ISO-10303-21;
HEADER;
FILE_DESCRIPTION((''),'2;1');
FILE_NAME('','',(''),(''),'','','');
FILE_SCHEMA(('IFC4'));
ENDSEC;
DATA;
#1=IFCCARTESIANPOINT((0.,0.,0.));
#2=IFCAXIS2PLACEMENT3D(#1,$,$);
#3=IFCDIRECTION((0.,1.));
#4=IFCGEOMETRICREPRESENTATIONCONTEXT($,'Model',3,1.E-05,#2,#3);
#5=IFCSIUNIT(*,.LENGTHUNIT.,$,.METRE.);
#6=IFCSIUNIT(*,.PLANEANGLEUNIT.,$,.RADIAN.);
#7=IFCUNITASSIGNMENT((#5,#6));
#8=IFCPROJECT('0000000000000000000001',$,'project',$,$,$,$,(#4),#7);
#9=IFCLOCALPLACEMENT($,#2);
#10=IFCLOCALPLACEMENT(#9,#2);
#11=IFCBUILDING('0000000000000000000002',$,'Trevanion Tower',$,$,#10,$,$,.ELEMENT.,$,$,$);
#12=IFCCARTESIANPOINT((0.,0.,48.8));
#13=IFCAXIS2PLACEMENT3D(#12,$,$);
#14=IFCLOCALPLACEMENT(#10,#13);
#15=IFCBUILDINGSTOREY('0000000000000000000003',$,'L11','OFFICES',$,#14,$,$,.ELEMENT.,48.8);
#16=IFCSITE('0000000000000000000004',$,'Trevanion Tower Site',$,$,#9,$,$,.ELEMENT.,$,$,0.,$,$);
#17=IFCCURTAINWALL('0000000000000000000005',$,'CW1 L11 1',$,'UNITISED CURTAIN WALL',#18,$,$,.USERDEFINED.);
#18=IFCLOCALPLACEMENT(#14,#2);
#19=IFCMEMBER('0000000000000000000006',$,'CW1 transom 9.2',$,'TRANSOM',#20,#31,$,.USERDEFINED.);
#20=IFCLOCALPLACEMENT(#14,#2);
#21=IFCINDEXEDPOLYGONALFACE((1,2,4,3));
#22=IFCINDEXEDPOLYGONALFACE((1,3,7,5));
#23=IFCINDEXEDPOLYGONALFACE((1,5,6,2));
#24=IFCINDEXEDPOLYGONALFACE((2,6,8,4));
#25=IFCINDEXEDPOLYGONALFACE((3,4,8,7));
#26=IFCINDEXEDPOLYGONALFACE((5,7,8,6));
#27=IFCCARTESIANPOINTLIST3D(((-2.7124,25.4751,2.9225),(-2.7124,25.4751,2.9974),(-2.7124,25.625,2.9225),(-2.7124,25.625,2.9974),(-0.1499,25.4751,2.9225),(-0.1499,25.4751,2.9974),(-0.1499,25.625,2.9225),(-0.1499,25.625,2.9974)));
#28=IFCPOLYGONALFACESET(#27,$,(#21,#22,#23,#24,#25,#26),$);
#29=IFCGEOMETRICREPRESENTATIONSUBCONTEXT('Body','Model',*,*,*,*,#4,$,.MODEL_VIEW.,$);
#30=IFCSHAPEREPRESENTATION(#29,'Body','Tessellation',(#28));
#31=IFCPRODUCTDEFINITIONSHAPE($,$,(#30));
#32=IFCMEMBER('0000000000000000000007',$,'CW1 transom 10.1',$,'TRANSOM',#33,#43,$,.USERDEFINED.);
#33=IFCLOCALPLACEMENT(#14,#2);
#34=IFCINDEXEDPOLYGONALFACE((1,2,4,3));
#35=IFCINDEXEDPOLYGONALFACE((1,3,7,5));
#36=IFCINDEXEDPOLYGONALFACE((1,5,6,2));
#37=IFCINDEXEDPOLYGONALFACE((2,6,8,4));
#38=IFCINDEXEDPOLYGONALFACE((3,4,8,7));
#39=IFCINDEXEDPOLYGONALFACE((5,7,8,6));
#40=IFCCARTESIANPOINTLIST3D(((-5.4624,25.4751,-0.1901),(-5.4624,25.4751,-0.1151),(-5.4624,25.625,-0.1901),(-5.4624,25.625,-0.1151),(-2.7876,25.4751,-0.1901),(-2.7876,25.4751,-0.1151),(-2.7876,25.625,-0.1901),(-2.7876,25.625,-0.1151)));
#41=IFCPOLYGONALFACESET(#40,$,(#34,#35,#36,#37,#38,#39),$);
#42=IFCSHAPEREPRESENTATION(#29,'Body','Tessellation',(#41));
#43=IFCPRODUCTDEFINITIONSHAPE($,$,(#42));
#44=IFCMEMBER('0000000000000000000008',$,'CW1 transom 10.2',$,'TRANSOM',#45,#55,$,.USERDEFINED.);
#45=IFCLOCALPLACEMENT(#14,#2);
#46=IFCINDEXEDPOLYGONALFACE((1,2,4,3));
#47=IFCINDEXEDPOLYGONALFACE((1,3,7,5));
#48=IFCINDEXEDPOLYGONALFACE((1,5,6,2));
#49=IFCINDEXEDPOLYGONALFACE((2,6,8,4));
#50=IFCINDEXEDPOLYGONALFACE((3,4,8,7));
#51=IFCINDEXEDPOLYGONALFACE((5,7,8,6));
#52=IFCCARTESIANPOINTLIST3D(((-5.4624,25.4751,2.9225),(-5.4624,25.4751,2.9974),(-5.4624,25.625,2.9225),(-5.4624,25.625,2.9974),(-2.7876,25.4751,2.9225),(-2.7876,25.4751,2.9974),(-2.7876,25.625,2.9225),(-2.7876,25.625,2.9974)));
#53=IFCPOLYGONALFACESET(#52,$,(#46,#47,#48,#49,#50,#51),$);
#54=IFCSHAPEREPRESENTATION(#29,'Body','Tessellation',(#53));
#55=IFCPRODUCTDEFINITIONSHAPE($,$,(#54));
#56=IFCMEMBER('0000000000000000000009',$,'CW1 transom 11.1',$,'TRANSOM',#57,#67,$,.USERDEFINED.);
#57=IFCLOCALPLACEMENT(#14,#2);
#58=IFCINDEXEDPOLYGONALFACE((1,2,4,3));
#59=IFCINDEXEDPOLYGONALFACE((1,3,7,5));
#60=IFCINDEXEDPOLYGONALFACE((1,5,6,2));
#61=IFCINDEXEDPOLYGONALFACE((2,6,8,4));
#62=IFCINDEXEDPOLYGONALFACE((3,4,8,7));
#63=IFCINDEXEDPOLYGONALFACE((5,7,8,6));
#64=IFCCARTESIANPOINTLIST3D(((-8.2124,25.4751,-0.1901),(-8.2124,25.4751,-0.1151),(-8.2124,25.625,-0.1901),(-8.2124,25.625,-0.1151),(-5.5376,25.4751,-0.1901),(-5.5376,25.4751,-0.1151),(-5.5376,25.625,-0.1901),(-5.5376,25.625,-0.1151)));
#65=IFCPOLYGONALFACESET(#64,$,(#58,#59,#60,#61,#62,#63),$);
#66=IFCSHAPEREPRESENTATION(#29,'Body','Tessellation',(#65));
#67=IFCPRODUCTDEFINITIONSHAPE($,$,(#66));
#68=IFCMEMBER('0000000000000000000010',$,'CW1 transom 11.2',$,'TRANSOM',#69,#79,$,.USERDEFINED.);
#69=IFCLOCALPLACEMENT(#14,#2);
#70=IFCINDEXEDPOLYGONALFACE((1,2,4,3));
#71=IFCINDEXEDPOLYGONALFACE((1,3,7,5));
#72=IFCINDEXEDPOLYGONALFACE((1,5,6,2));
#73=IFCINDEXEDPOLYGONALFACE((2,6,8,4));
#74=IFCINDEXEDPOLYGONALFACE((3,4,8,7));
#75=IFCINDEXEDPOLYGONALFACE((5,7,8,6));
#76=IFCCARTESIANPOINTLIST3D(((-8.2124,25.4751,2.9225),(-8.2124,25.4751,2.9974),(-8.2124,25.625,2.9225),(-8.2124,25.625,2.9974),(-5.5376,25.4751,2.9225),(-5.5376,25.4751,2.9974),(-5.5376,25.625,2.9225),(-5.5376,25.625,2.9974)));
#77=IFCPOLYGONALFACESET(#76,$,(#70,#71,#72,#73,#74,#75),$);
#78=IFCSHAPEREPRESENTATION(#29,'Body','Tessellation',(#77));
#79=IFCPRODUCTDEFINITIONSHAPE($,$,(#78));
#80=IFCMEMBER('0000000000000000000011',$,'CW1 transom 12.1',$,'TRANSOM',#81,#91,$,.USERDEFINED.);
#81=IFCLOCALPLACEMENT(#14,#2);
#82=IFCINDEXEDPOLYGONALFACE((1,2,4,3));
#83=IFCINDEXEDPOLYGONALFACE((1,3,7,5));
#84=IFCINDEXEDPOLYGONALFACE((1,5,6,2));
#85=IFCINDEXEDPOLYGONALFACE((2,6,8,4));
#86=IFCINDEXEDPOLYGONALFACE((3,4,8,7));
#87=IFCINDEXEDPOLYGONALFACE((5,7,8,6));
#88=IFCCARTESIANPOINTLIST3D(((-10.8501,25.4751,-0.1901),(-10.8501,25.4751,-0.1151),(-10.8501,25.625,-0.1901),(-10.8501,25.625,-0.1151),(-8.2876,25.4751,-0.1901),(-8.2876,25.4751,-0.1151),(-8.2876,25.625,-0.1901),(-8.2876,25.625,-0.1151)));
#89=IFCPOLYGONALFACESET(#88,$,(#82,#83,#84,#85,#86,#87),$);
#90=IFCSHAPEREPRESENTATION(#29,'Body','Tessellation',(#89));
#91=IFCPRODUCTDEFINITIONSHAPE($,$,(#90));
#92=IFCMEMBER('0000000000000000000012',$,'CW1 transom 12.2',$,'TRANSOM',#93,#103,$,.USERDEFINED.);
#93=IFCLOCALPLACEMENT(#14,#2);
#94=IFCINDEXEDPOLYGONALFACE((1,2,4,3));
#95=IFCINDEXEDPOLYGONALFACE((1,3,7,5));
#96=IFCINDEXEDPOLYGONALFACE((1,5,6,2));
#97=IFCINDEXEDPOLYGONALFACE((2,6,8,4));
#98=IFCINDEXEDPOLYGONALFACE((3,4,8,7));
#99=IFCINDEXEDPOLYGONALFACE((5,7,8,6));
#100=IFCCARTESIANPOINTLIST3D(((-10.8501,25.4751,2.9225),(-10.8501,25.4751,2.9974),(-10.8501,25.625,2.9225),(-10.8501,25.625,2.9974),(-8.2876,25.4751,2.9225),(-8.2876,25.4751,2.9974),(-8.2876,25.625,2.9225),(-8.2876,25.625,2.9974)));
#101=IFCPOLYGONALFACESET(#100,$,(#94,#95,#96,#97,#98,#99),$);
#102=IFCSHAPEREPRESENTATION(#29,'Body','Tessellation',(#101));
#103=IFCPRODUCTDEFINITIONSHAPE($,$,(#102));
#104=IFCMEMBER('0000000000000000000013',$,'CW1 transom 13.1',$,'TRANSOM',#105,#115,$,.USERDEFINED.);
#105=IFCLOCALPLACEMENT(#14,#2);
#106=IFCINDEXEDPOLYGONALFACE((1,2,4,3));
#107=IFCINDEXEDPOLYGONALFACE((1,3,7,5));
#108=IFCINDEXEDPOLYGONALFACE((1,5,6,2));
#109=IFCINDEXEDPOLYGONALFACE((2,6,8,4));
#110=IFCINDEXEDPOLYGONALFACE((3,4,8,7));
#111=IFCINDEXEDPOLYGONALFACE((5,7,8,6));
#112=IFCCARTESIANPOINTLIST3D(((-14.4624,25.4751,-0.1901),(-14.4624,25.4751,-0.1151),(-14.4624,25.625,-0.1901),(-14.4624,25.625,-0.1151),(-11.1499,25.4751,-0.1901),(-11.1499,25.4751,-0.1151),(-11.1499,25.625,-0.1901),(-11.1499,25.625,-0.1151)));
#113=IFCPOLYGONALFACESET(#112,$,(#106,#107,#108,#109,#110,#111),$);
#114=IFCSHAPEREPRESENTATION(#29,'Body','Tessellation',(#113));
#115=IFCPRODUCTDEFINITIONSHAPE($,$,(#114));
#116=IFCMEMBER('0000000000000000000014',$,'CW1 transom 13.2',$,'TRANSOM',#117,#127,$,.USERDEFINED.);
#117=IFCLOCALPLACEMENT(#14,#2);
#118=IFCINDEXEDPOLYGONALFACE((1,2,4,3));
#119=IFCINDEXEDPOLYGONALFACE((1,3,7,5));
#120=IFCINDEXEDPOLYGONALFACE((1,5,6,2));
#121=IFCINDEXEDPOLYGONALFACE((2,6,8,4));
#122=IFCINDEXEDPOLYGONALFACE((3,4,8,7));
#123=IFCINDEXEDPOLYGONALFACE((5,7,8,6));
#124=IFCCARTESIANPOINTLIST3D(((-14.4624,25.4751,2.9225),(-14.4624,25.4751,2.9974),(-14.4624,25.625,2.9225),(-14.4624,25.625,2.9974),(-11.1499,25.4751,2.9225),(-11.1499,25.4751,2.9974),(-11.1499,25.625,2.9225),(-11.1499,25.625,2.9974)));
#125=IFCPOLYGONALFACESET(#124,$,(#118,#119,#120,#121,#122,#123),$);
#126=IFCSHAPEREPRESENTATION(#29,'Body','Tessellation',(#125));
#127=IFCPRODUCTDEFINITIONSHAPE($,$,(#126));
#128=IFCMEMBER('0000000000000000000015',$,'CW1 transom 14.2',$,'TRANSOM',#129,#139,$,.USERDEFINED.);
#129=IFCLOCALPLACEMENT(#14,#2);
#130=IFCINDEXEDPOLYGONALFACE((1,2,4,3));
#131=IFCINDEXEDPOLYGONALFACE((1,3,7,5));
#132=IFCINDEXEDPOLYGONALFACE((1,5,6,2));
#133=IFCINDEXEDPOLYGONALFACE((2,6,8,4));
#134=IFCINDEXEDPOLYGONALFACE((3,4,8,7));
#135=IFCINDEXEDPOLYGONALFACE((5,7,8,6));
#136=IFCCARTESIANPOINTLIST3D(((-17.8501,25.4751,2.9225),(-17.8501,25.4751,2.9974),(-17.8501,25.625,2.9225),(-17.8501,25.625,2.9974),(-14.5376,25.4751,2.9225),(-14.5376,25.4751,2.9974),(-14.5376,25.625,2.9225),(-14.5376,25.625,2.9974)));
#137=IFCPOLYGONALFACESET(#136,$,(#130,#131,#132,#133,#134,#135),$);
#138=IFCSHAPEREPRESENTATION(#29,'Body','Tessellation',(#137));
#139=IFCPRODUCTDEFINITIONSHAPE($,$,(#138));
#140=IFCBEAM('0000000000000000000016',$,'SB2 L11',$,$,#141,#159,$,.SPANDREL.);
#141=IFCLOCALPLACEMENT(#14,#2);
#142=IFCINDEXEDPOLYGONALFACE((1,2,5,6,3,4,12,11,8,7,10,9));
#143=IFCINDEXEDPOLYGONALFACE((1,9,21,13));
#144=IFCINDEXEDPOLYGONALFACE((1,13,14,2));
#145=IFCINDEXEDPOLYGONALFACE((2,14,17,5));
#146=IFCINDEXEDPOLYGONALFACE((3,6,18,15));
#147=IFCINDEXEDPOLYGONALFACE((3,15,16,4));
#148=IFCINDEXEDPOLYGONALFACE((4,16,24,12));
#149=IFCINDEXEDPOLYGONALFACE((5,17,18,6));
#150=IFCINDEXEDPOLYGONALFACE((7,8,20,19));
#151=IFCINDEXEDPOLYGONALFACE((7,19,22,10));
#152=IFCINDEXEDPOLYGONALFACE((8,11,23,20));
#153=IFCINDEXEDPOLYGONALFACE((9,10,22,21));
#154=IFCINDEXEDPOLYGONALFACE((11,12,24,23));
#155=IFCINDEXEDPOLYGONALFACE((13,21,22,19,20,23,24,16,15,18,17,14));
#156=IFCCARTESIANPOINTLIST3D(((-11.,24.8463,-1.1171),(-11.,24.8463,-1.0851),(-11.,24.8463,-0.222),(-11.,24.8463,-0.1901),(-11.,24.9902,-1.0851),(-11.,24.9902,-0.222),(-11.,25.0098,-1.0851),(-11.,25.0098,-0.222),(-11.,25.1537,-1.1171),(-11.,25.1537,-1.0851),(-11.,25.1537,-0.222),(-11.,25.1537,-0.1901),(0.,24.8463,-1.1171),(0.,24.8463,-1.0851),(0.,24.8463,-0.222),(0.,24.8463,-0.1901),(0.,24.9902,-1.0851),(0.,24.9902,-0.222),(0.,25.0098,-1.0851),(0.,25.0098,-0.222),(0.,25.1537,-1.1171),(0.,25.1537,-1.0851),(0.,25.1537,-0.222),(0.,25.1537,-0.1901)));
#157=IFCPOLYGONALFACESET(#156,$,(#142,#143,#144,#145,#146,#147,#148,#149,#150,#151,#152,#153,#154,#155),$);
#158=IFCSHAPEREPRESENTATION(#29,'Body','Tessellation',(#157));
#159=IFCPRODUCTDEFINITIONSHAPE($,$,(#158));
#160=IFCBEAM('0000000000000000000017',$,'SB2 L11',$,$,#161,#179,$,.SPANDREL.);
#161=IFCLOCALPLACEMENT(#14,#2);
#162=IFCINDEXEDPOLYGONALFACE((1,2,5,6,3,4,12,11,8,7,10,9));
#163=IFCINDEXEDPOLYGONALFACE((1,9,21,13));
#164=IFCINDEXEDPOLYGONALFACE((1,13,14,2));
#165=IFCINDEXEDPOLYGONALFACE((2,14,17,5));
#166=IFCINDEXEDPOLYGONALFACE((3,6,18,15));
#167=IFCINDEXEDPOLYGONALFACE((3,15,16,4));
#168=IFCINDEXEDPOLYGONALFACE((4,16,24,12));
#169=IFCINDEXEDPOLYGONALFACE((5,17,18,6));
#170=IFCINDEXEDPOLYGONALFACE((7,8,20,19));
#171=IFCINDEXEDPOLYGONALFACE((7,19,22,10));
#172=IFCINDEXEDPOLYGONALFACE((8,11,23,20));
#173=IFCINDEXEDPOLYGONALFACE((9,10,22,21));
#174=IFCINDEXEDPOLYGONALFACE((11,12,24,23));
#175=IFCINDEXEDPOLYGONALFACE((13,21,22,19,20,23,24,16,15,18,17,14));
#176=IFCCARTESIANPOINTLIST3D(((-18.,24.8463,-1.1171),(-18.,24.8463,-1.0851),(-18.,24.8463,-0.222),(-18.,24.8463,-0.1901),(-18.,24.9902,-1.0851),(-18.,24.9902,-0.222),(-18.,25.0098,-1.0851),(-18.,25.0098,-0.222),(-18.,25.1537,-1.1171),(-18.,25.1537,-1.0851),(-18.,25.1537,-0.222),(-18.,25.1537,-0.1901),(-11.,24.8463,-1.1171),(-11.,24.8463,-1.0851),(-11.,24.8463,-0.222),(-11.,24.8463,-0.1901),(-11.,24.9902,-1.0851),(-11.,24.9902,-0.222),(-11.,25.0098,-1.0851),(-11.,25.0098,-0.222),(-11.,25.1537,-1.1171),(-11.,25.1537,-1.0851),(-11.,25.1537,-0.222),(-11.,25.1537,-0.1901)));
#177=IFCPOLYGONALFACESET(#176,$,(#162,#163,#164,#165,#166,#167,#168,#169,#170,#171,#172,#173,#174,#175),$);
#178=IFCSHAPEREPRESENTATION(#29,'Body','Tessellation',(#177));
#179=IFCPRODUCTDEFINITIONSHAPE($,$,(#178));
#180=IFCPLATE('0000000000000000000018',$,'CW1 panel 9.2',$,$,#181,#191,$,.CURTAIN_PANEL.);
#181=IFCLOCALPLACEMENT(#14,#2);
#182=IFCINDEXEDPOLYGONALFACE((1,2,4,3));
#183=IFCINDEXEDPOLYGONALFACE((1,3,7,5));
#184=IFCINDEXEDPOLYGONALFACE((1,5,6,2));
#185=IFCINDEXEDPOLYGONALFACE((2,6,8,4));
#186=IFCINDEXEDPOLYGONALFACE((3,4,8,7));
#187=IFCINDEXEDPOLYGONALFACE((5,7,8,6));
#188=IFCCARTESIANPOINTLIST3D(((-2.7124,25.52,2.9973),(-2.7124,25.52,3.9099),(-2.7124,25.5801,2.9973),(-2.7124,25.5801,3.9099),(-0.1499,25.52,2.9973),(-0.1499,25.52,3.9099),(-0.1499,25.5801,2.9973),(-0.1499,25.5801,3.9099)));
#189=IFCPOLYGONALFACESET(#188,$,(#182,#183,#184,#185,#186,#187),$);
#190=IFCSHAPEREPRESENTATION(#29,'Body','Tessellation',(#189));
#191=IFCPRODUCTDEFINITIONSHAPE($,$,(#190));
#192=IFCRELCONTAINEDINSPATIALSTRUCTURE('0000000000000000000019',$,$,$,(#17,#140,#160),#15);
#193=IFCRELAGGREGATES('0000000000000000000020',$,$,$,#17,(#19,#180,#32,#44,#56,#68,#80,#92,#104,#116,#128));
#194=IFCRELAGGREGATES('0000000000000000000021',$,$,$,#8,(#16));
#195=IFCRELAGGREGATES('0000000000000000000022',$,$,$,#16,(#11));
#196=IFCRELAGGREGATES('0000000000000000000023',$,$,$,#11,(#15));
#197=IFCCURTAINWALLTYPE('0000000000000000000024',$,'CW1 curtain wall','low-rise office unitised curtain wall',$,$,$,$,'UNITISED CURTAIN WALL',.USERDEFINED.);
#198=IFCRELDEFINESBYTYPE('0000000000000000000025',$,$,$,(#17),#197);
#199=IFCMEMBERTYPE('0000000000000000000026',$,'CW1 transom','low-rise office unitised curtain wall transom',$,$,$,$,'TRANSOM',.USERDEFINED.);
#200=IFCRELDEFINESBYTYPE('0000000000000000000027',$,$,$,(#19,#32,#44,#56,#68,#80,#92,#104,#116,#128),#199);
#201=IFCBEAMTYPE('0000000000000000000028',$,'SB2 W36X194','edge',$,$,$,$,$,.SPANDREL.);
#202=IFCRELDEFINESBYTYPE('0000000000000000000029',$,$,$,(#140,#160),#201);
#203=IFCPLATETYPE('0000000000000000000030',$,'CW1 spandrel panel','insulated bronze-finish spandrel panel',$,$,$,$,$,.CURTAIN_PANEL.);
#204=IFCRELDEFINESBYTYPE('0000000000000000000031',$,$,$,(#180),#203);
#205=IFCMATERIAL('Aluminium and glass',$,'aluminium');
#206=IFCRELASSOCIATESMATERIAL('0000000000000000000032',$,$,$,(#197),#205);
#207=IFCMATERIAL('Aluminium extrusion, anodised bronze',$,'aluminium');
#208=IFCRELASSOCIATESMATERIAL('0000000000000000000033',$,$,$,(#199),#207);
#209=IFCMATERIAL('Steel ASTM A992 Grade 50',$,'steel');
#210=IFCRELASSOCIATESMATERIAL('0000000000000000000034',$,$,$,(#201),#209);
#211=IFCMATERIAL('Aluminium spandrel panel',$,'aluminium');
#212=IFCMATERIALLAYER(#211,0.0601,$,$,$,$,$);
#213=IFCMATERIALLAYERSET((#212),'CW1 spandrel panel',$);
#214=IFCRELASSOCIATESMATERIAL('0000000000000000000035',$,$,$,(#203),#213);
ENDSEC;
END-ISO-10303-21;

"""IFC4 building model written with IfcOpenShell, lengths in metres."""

from ifc_helpers import new_model, si_unit, direction, frame, origin, origin_2d, place, context, subcontext, project, spatial, rectangle, i_section, extrude, material, layer, layer_set, material_profile, profile_set, type_object, element, aggregate, save


model = new_model("IFC4")

# Units and contexts
model_context = context("Model", 3, precision=1e-05, world=origin(), true_north=direction((0.0, 1.0)))
body_context = subcontext(model_context, "Body", "Model", "MODEL_VIEW")
ifc_project = project(units=[si_unit("LENGTHUNIT", "METRE"), si_unit("PLANEANGLEUNIT", "RADIAN")], contexts=[model_context])

# Site, building, storey
site_placement = place(None, origin())
site = spatial("IfcSite", under=ifc_project, at=site_placement, Name="Trevanion Tower Site", CompositionType="ELEMENT", RefElevation=0.0)
building_placement = place(site_placement, origin())
building = spatial("IfcBuilding", under=site, at=building_placement, Name="Trevanion Tower", CompositionType="ELEMENT")
storey_placement = place(building_placement, frame((0.0, 0.0, 48.8)))
storey = spatial("IfcBuildingStorey", under=building, at=storey_placement, Name="L11", Description="OFFICES", CompositionType="ELEMENT", Elevation=48.8)

# Curtain wall, members
ifc_material_1 = material(Name="Aluminium and glass", Category="aluminium")
curtain_wall_type = type_object("IfcCurtainWallType", Name="CW1 curtain wall", Description="low-rise office unitised curtain wall", ElementType="UNITISED CURTAIN WALL", PredefinedType="USERDEFINED", material=ifc_material_1)
curtain_wall_placement = place(storey_placement, origin())
curtain_wall = element("IfcCurtainWall", 1, at=curtain_wall_placement, inside=storey, type_object=curtain_wall_type, Name="CW1 L11 1", ObjectType="UNITISED CURTAIN WALL", PredefinedType="USERDEFINED")
ifc_material_2 = material(Name="Aluminium extrusion, anodised bronze", Category="aluminium")
ifc_material_profile_1 = material_profile(ifc_material_2, rectangle(XDim=0.1499, YDim=0.075, at=origin_2d()), Name="CW1 transom")
ifc_profile_set_1 = profile_set([ifc_material_profile_1], Name="Aluminium extrusion, anodised bronze")
member_type_1 = type_object("IfcMemberType", Name="CW1 transom", Description="low-rise office unitised curtain wall transom", ElementType="TRANSOM", PredefinedType="USERDEFINED", material=ifc_profile_set_1)
member_1_placement = place(storey_placement, frame((-0.1499, 25.55, 2.96), z_axis=(-1.0, 0.0, 0.0), x_axis=(0.0, -1.0, 0.0)))
member_1 = element("IfcMember", 2, at=member_1_placement, type_object=member_type_1, Name="CW1 transom 9.2", ObjectType="TRANSOM", PredefinedType="USERDEFINED", context=body_context, shape_type="SweptSolid", body=[
    extrude(rectangle(XDim=0.1499, YDim=0.075, at=origin_2d()), origin(), (0.0, 0.0, 1.0), 2.5625),
])
member_2_placement = place(storey_placement, frame((-2.7876, 25.55, -0.1526), z_axis=(-1.0, 0.0, 0.0), x_axis=(0.0, -1.0, 0.0)))
member_2 = element("IfcMember", 3, at=member_2_placement, type_object=member_type_1, Name="CW1 transom 10.1", ObjectType="TRANSOM", PredefinedType="USERDEFINED", context=body_context, shape_type="SweptSolid", body=[
    extrude(rectangle(XDim=0.1499, YDim=0.075, at=origin_2d()), origin(), (0.0, 0.0, 1.0), 2.6748),
])
member_3_placement = place(storey_placement, frame((-2.7876, 25.55, 2.96), z_axis=(-1.0, 0.0, 0.0), x_axis=(0.0, -1.0, 0.0)))
member_3 = element("IfcMember", 4, at=member_3_placement, type_object=member_type_1, Name="CW1 transom 10.2", ObjectType="TRANSOM", PredefinedType="USERDEFINED", context=body_context, shape_type="SweptSolid", body=[
    extrude(rectangle(XDim=0.1499, YDim=0.075, at=origin_2d()), origin(), (0.0, 0.0, 1.0), 2.6748),
])
member_4_placement = place(storey_placement, frame((-5.5376, 25.55, -0.1526), z_axis=(-1.0, 0.0, 0.0), x_axis=(0.0, -1.0, 0.0)))
member_4 = element("IfcMember", 5, at=member_4_placement, type_object=member_type_1, Name="CW1 transom 11.1", ObjectType="TRANSOM", PredefinedType="USERDEFINED", context=body_context, shape_type="SweptSolid", body=[
    extrude(rectangle(XDim=0.1499, YDim=0.075, at=origin_2d()), origin(), (0.0, 0.0, 1.0), 2.6748),
])
member_5_placement = place(storey_placement, frame((-5.5376, 25.55, 2.96), z_axis=(-1.0, 0.0, 0.0), x_axis=(0.0, -1.0, 0.0)))
member_5 = element("IfcMember", 6, at=member_5_placement, type_object=member_type_1, Name="CW1 transom 11.2", ObjectType="TRANSOM", PredefinedType="USERDEFINED", context=body_context, shape_type="SweptSolid", body=[
    extrude(rectangle(XDim=0.1499, YDim=0.075, at=origin_2d()), origin(), (0.0, 0.0, 1.0), 2.6748),
])
member_6_placement = place(storey_placement, frame((-8.2876, 25.55, -0.1526), z_axis=(-1.0, 0.0, 0.0), x_axis=(0.0, -1.0, 0.0)))
member_6 = element("IfcMember", 7, at=member_6_placement, type_object=member_type_1, Name="CW1 transom 12.1", ObjectType="TRANSOM", PredefinedType="USERDEFINED", context=body_context, shape_type="SweptSolid", body=[
    extrude(rectangle(XDim=0.1499, YDim=0.075, at=origin_2d()), origin(), (0.0, 0.0, 1.0), 2.5625),
])
member_7_placement = place(storey_placement, frame((-8.2876, 25.55, 2.96), z_axis=(-1.0, 0.0, 0.0), x_axis=(0.0, -1.0, 0.0)))
member_7 = element("IfcMember", 8, at=member_7_placement, type_object=member_type_1, Name="CW1 transom 12.2", ObjectType="TRANSOM", PredefinedType="USERDEFINED", context=body_context, shape_type="SweptSolid", body=[
    extrude(rectangle(XDim=0.1499, YDim=0.075, at=origin_2d()), origin(), (0.0, 0.0, 1.0), 2.5625),
])
member_8_placement = place(storey_placement, frame((-11.1499, 25.55, -0.1526), z_axis=(-1.0, 0.0, 0.0), x_axis=(0.0, -1.0, 0.0)))
member_8 = element("IfcMember", 9, at=member_8_placement, type_object=member_type_1, Name="CW1 transom 13.1", ObjectType="TRANSOM", PredefinedType="USERDEFINED", context=body_context, shape_type="SweptSolid", body=[
    extrude(rectangle(XDim=0.1499, YDim=0.075, at=origin_2d()), origin(), (0.0, 0.0, 1.0), 3.3125),
])
member_9_placement = place(storey_placement, frame((-11.1499, 25.55, 2.96), z_axis=(-1.0, 0.0, 0.0), x_axis=(0.0, -1.0, 0.0)))
member_9 = element("IfcMember", 10, at=member_9_placement, type_object=member_type_1, Name="CW1 transom 13.2", ObjectType="TRANSOM", PredefinedType="USERDEFINED", context=body_context, shape_type="SweptSolid", body=[
    extrude(rectangle(XDim=0.1499, YDim=0.075, at=origin_2d()), origin(), (0.0, 0.0, 1.0), 3.3125),
])
member_10_placement = place(storey_placement, frame((-14.5376, 25.55, 2.96), z_axis=(-1.0, 0.0, 0.0), x_axis=(0.0, -1.0, 0.0)))
member_10 = element("IfcMember", 11, at=member_10_placement, type_object=member_type_1, Name="CW1 transom 14.2", ObjectType="TRANSOM", PredefinedType="USERDEFINED", context=body_context, shape_type="SweptSolid", body=[
    extrude(rectangle(XDim=0.1499, YDim=0.075, at=origin_2d()), origin(), (0.0, 0.0, 1.0), 3.3125),
])

# Beams
ifc_material_3 = material(Name="Steel ASTM A992 Grade 50", Category="steel")
ifc_material_profile_2 = material_profile(ifc_material_3, i_section(OverallWidth=0.3074, OverallDepth=0.927, WebThickness=0.0195, FlangeThickness=0.032, at=origin_2d()), Name="W36X194")
ifc_profile_set_2 = profile_set([ifc_material_profile_2], Name="Steel ASTM A992 Grade 50")
beam_type_1 = type_object("IfcBeamType", Name="SB2 W36X194", Description="edge", PredefinedType="SPANDREL", material=ifc_profile_set_2)
beam_1_placement = place(storey_placement, frame((0.0, 25.0, -0.6536), z_axis=(-1.0, 0.0, 0.0), x_axis=(0.0, -1.0, 0.0)))
element("IfcBeam", 12, at=beam_1_placement, inside=storey, type_object=beam_type_1, Name="SB2 L11", PredefinedType="SPANDREL", context=body_context, shape_type="SweptSolid", body=[
    extrude(i_section(OverallWidth=0.3074, OverallDepth=0.927, WebThickness=0.0195, FlangeThickness=0.032, at=origin_2d()), origin(), (0.0, 0.0, 1.0), 11.0),
])
beam_2_placement = place(storey_placement, frame((-11.0, 25.0, -0.6536), z_axis=(-1.0, 0.0, 0.0), x_axis=(0.0, -1.0, 0.0)))
element("IfcBeam", 13, at=beam_2_placement, inside=storey, type_object=beam_type_1, Name="SB2 L11", PredefinedType="SPANDREL", context=body_context, shape_type="SweptSolid", body=[
    extrude(i_section(OverallWidth=0.3074, OverallDepth=0.927, WebThickness=0.0195, FlangeThickness=0.032, at=origin_2d()), origin(), (0.0, 0.0, 1.0), 7.0),
])

# Plate
ifc_material_4 = material(Name="Aluminium spandrel panel", Category="aluminium")
ifc_layer_1 = layer(ifc_material_4, 0.0601)
ifc_layer_set_1 = layer_set([ifc_layer_1], Name="CW1 spandrel panel")
plate_type_1 = type_object("IfcPlateType", Name="CW1 spandrel panel", Description="insulated bronze-finish spandrel panel", PredefinedType="CURTAIN_PANEL", material=ifc_layer_set_1)
plate_1_placement = place(storey_placement, frame((-1.4312, 25.55, 2.9973), z_axis=(0.0, 0.0, 1.0), x_axis=(-1.0, 0.0, 0.0)))
plate_1 = element("IfcPlate", 14, at=plate_1_placement, type_object=plate_type_1, Name="CW1 panel 9.2", PredefinedType="CURTAIN_PANEL", context=body_context, shape_type="SweptSolid", body=[
    extrude(rectangle(XDim=2.5625, YDim=0.0601, at=origin_2d()), origin(), (0.0, 0.0, 1.0), 0.9126),
])
aggregate(curtain_wall, [member_1, plate_1, member_2, member_3, member_4, member_5, member_6, member_7, member_8, member_9, member_10])

save(model, "model.ifc")
